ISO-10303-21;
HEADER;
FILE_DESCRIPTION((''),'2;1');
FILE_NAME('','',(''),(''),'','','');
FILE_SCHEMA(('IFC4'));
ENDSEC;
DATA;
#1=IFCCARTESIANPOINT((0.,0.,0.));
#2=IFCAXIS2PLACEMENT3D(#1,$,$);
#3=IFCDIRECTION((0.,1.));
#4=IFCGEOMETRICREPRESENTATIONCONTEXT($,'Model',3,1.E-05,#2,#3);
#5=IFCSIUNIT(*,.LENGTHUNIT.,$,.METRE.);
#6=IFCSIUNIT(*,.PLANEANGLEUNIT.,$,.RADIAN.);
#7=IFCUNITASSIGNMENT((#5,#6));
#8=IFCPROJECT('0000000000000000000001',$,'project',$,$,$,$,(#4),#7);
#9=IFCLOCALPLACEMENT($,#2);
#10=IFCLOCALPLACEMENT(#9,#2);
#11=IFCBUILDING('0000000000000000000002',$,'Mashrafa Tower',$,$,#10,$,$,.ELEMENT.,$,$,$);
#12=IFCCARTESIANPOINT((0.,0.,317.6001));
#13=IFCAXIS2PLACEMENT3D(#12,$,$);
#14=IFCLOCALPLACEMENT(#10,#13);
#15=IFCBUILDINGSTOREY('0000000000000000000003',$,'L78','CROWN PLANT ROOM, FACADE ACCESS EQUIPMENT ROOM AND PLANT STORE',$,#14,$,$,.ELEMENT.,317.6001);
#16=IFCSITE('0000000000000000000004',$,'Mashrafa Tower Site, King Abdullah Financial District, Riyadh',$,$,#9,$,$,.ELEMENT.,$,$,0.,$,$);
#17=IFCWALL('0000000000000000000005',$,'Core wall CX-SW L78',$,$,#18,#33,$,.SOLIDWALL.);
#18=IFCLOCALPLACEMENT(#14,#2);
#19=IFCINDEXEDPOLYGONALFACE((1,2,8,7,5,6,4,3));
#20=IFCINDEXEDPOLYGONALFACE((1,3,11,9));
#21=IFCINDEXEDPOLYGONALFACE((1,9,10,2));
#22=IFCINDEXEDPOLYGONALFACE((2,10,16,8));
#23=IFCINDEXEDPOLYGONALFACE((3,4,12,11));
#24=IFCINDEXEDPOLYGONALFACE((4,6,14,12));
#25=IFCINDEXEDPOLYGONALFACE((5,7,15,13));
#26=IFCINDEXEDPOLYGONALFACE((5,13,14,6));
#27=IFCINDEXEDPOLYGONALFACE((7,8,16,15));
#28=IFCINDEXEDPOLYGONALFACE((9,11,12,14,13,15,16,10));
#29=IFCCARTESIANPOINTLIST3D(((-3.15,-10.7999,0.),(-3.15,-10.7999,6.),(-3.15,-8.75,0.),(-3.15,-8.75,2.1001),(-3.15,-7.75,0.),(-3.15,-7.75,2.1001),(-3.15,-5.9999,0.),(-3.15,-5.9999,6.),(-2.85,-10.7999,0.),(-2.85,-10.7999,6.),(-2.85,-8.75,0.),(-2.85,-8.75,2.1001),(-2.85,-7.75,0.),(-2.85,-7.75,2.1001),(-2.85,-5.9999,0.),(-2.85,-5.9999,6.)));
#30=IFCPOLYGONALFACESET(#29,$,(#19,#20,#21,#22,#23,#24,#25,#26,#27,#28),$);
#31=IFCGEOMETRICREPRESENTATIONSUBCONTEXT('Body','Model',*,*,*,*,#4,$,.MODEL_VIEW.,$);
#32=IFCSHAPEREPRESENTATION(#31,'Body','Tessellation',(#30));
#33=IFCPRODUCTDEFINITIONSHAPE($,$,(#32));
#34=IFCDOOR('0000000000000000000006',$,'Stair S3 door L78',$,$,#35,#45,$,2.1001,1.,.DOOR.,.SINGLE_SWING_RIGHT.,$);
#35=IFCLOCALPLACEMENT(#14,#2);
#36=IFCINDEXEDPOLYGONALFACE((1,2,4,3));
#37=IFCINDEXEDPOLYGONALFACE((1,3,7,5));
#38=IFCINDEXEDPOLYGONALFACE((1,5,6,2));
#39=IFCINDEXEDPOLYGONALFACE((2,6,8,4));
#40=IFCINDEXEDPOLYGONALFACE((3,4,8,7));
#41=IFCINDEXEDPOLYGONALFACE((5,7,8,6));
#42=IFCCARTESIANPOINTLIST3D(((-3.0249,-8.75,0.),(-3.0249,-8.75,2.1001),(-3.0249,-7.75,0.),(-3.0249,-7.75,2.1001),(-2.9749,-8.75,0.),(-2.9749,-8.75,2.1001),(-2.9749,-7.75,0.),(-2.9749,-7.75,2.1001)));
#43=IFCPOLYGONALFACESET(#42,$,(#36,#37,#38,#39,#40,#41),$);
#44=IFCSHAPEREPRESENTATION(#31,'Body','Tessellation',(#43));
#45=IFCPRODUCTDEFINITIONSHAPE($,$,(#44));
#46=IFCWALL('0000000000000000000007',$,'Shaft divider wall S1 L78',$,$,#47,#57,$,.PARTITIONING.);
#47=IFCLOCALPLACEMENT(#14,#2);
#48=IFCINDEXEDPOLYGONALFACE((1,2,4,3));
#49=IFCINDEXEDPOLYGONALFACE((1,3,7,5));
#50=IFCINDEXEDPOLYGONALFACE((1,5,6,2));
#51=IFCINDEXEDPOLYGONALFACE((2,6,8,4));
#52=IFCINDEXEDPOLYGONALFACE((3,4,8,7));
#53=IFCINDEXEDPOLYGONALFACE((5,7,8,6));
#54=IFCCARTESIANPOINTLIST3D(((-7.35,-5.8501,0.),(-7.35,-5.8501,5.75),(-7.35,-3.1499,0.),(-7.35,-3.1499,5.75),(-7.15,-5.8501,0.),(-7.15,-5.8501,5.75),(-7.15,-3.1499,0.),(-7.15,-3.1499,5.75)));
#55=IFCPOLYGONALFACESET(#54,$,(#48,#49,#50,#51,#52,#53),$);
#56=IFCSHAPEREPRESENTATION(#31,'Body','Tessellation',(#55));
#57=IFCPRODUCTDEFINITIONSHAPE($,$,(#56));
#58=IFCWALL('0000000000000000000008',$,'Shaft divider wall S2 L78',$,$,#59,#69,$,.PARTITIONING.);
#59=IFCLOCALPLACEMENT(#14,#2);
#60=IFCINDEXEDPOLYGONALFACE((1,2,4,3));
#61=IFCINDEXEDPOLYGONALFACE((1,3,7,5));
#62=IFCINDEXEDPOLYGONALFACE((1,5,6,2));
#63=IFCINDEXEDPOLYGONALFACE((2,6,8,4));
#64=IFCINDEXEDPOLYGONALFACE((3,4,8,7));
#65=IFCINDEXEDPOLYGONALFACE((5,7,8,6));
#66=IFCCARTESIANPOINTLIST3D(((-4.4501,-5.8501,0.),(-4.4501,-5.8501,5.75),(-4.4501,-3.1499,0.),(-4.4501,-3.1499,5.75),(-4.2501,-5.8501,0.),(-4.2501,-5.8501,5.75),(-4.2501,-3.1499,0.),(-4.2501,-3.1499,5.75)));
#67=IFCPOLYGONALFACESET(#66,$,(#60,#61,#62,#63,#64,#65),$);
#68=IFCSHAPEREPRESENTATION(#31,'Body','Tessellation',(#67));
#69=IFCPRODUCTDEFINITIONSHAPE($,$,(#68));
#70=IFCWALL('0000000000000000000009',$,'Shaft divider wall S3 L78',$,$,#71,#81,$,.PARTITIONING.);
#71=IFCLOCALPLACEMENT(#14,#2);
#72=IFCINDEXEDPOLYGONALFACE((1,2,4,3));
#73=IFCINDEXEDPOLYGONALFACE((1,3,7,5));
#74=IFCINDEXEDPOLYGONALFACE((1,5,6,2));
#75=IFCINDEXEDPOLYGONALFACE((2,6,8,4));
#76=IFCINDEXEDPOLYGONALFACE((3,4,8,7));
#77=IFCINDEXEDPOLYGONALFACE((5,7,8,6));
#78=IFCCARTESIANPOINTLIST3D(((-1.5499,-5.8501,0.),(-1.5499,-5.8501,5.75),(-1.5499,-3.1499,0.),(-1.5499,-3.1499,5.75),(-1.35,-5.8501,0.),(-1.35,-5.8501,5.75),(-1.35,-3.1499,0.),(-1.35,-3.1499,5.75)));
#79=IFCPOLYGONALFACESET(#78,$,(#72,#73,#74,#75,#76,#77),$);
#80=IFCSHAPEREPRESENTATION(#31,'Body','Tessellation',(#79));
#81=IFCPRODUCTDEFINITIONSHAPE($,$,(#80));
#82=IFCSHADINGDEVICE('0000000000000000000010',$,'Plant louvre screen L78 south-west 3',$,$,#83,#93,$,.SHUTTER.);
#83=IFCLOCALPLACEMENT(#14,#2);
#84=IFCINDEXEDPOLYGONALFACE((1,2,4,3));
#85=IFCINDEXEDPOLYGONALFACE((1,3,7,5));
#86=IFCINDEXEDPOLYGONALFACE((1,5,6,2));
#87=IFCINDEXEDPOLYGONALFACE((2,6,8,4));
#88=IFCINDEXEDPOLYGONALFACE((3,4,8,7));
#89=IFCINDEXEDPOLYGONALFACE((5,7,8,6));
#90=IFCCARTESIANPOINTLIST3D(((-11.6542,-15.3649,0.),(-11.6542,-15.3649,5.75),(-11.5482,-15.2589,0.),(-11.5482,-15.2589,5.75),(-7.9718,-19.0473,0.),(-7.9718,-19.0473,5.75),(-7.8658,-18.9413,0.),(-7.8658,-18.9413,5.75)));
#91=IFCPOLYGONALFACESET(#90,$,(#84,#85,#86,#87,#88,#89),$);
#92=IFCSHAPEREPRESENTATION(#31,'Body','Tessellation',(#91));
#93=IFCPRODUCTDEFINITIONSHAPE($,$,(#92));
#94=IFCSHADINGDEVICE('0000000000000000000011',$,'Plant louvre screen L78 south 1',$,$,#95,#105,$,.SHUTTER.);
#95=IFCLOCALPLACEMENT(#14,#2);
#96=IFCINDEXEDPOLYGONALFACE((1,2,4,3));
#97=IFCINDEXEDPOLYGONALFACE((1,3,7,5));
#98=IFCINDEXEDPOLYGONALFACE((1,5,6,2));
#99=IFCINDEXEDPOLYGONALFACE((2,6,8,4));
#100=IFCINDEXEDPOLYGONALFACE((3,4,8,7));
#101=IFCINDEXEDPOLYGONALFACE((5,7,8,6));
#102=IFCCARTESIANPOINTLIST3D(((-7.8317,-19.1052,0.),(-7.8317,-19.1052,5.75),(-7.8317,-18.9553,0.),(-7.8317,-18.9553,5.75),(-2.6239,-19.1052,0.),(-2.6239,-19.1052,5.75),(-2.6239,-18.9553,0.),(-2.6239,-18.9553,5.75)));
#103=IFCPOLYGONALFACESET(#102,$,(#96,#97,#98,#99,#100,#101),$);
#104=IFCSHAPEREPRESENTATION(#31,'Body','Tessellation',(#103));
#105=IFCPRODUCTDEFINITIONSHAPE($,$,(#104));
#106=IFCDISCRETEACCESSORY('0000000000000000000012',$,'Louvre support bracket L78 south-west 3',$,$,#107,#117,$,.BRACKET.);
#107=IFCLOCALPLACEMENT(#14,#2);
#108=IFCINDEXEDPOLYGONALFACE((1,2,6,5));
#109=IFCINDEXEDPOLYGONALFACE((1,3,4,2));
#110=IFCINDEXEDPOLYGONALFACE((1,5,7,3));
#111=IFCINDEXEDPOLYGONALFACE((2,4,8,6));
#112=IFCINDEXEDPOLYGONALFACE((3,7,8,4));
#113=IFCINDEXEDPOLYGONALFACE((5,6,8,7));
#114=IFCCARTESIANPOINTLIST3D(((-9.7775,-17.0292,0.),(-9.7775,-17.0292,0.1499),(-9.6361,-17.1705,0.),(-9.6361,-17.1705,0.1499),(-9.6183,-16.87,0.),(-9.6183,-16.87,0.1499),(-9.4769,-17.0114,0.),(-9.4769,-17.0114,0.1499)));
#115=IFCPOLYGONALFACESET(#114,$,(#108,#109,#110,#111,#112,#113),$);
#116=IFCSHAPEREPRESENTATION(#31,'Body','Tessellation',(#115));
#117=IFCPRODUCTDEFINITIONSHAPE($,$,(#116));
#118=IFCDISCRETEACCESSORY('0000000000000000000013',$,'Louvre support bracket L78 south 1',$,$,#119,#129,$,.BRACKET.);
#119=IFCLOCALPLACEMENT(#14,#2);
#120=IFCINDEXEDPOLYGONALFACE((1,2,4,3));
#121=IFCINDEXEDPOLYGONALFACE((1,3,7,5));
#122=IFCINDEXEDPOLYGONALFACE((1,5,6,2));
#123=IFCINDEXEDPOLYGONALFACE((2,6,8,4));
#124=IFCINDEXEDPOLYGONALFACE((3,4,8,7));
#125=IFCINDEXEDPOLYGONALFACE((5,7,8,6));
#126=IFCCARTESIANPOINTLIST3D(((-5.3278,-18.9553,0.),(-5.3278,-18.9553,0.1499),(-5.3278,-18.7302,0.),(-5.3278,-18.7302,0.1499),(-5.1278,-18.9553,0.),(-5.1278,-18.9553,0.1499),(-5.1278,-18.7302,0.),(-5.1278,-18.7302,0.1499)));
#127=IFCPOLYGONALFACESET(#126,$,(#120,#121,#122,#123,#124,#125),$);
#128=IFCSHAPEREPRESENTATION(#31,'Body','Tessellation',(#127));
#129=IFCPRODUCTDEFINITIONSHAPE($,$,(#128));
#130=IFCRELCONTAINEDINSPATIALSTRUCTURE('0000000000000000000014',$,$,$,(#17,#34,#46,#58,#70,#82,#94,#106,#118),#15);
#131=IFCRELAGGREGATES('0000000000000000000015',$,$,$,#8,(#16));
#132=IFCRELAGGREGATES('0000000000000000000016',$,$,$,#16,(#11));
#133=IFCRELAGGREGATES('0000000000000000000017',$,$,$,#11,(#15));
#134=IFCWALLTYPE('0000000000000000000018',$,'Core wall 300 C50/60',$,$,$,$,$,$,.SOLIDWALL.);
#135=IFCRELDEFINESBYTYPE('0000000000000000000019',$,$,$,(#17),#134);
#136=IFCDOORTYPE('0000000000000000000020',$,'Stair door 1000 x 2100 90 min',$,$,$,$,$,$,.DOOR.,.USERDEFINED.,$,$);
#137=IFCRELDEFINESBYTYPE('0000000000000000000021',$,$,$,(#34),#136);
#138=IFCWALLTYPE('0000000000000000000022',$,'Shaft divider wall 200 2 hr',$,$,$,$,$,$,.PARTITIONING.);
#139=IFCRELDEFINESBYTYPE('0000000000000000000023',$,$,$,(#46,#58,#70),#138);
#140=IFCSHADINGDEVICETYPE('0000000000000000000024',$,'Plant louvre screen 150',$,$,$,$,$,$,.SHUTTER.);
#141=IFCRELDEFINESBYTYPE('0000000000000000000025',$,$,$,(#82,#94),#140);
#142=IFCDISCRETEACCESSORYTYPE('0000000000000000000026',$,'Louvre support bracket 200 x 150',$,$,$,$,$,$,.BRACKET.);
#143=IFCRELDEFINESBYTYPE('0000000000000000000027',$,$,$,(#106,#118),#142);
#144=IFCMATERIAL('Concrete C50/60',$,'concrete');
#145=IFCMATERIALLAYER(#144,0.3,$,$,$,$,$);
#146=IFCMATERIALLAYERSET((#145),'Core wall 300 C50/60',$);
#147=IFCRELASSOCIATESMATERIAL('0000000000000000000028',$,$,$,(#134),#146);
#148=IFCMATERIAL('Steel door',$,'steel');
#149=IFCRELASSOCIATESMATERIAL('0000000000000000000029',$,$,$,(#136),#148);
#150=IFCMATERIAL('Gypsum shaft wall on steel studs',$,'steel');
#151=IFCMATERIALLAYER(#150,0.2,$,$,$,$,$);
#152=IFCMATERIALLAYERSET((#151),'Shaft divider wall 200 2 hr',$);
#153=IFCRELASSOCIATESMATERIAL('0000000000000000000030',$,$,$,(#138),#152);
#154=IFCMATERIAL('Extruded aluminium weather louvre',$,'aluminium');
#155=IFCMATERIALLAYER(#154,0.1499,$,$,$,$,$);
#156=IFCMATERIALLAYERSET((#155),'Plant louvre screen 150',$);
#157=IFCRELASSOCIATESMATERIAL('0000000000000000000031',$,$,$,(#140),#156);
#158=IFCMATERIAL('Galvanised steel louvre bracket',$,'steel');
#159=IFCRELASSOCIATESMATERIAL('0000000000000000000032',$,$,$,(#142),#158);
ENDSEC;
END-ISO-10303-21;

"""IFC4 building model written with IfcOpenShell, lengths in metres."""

from ifc_helpers import new_model, si_unit, direction, frame, frame_2d, origin, origin_2d, place, context, subcontext, project, spatial, rectangle, extrude, source, transform, mapped, material, layer, layer_set, type_object, type_shapes, element, fill, save


model = new_model("IFC4")

# Units and contexts
model_context = context("Model", 3, precision=1e-05, world=origin(), true_north=direction((0.0, 1.0)))
body_context = subcontext(model_context, "Body", "Model", "MODEL_VIEW")
ifc_project = project(units=[si_unit("LENGTHUNIT", "METRE"), si_unit("PLANEANGLEUNIT", "RADIAN")], contexts=[model_context])

# Site, building, storey
site_placement = place(None, origin())
site = spatial("IfcSite", under=ifc_project, at=site_placement, Name="Mashrafa Tower Site, King Abdullah Financial District, Riyadh", CompositionType="ELEMENT", RefElevation=0.0)
building_placement = place(site_placement, origin())
building = spatial("IfcBuilding", under=site, at=building_placement, Name="Mashrafa Tower", CompositionType="ELEMENT")
storey_placement = place(building_placement, frame((0.0, 0.0, 317.6001)))
storey = spatial("IfcBuildingStorey", under=building, at=storey_placement, Name="L78", Description="CROWN PLANT ROOM, FACADE ACCESS EQUIPMENT ROOM AND PLANT STORE", CompositionType="ELEMENT", Elevation=317.6001)

# Shared definitions
ifc_material_1 = material(Name="Concrete C50/60", Category="concrete")
ifc_layer_1 = layer(ifc_material_1, 0.3)
ifc_layer_set_1 = layer_set([ifc_layer_1], Name="Core wall 300 C50/60")
wall_type_1 = type_object("IfcWallType", Name="Core wall 300 C50/60", PredefinedType="SOLIDWALL", material=ifc_layer_set_1)

# Wall, opening, door
wall_1_placement = place(storey_placement, frame((-3.0, -6.0, 0.0), z_axis=(0.0, 0.0, 1.0), x_axis=(0.0, -1.0, 0.0)))
wall_1 = element("IfcWall", 1, at=wall_1_placement, inside=storey, type_object=wall_type_1, Name="Core wall CX-SW L78", PredefinedType="SOLIDWALL", context=body_context, shape_type="SweptSolid", body=[
    extrude(rectangle(XDim=4.8, YDim=0.3, at=frame_2d((2.3999, 0.0))), origin(), (0.0, 0.0, 1.0), 6.0),
])
opening_1_placement = place(wall_1_placement, frame((1.75, 0.0, 0.0)))
opening_1 = element("IfcOpeningElement", 2, at=opening_1_placement, cuts=wall_1, PredefinedType="OPENING", context=body_context, shape_type="SweptSolid", body=[
    extrude(rectangle(XDim=1.0, YDim=2.1001, at=frame_2d((0.5, 1.05))), frame((0.0, 0.1599, 0.0), z_axis=(0.0, -1.0, 0.0), x_axis=(1.0, 0.0, 0.0)), (0.0, 0.0, 1.0), 0.3201),
])
ifc_material_2 = material(Name="Steel door", Category="steel")
door_type_1 = type_object("IfcDoorType", Name="Stair door 1000 x 2100 90 min", OperationType="USERDEFINED", PredefinedType="DOOR", material=ifc_material_2)
door_1_placement = place(opening_1_placement, frame((1.0, 0.0, 0.0), z_axis=(0.0, 0.0, 1.0), x_axis=(-1.0, 0.0, 0.0)))
door_1 = element("IfcDoor", 3, at=door_1_placement, inside=storey, type_object=door_type_1, Name="Stair S3 door L78", OperationType="SINGLE_SWING_RIGHT", OverallHeight=2.1001, OverallWidth=1.0, PredefinedType="DOOR", context=body_context, shape_type="SweptSolid", body=[
    extrude(rectangle(XDim=1.0, YDim=2.1001, at=frame_2d((0.5, 1.05))), frame((0.0, 0.0249, 0.0), z_axis=(0.0, -1.0, 0.0), x_axis=(1.0, 0.0, 0.0)), (0.0, 0.0, 1.0), 0.05),
])
fill(opening_1, door_1)

# Walls
ifc_material_3 = material(Name="Gypsum shaft wall on steel studs", Category="steel")
ifc_layer_2 = layer(ifc_material_3, 0.2)
ifc_layer_set_2 = layer_set([ifc_layer_2], Name="Shaft divider wall 200 2 hr")
wall_type_2 = type_object("IfcWallType", Name="Shaft divider wall 200 2 hr", PredefinedType="PARTITIONING", material=ifc_layer_set_2)
for number, where, z_axis, x_axis, name in (
    (4, (-7.25, -5.8501, 0.0), (0.0, 0.0, 1.0), (0.0, 1.0, 0.0), "Shaft divider wall S1 L78"),
    (5, (-4.3501, -5.8501, 0.0), (0.0, 0.0, 1.0), (0.0, 1.0, 0.0), "Shaft divider wall S2 L78"),
    (6, (-1.45, -5.8501, 0.0), (0.0, 0.0, 1.0), (0.0, 1.0, 0.0), "Shaft divider wall S3 L78"),
):
    element("IfcWall", number, at=place(storey_placement, frame(where, z_axis=z_axis, x_axis=x_axis)), inside=storey, type_object=wall_type_2, Name=name, PredefinedType="PARTITIONING", context=body_context, shape_type="SweptSolid", body=[
        extrude(rectangle(XDim=2.7002, YDim=0.2, at=frame_2d((1.3501, 0.0))), origin(), (0.0, 0.0, 1.0), 5.75),
    ])

# Shading devices
ifc_material_4 = material(Name="Extruded aluminium weather louvre", Category="aluminium")
ifc_layer_3 = layer(ifc_material_4, 0.1499)
ifc_layer_set_3 = layer_set([ifc_layer_3], Name="Plant louvre screen 150")
shading_device_type = type_object("IfcShadingDeviceType", Name="Plant louvre screen 150", PredefinedType="SHUTTER", material=ifc_layer_set_3)
shared_shape_1 = source(origin(), body_context, "Body", "SweptSolid", [
    extrude(rectangle(XDim=5.2078, YDim=0.1499, at=origin_2d()), origin(), (0.0, 0.0, 1.0), 5.75),
])
type_shapes(shading_device_type, [shared_shape_1])
for number, where, z_axis, x_axis, name in (
    (7, (-9.76, -17.1531, 0.0), (0.0, 0.0, 1.0), (0.707107, -0.707107, 0.0), "Plant louvre screen L78 south-west 3"),
    (8, (-5.2278, -19.0303, 0.0), (0.0, 0.0, 1.0), (1.0, 0.0, 0.0), "Plant louvre screen L78 south 1"),
):
    element("IfcShadingDevice", number, at=place(storey_placement, frame(where, z_axis=z_axis, x_axis=x_axis)), inside=storey, type_object=shading_device_type, Name=name, PredefinedType="SHUTTER", context=body_context, shape_type="MappedRepresentation", body=[
        mapped(shared_shape_1, transform((0.0, 0.0, 0.0))),
    ])

# Discrete accessories
ifc_material_5 = material(Name="Galvanised steel louvre bracket", Category="steel")
discrete_accessory_type = type_object("IfcDiscreteAccessoryType", Name="Louvre support bracket 200 x 150", PredefinedType="BRACKET", material=ifc_material_5)
shared_shape_2 = source(origin(), body_context, "Body", "SweptSolid", [
    extrude(rectangle(XDim=0.2, YDim=0.2251, at=origin_2d()), origin(), (0.0, 0.0, 1.0), 0.1499),
])
type_shapes(discrete_accessory_type, [shared_shape_2])
for number, where, z_axis, x_axis, name in (
    (9, (-9.6272, -17.0203, 0.0), (0.0, 0.0, 1.0), (0.707107, -0.707107, 0.0), "Louvre support bracket L78 south-west 3"),
    (10, (-5.2278, -18.8428, 0.0), (0.0, 0.0, 1.0), (1.0, 0.0, 0.0), "Louvre support bracket L78 south 1"),
):
    element("IfcDiscreteAccessory", number, at=place(storey_placement, frame(where, z_axis=z_axis, x_axis=x_axis)), inside=storey, type_object=discrete_accessory_type, Name=name, PredefinedType="BRACKET", context=body_context, shape_type="MappedRepresentation", body=[
        mapped(shared_shape_2, transform((0.0, 0.0, 0.0))),
    ])

save(model, "model.ifc")
